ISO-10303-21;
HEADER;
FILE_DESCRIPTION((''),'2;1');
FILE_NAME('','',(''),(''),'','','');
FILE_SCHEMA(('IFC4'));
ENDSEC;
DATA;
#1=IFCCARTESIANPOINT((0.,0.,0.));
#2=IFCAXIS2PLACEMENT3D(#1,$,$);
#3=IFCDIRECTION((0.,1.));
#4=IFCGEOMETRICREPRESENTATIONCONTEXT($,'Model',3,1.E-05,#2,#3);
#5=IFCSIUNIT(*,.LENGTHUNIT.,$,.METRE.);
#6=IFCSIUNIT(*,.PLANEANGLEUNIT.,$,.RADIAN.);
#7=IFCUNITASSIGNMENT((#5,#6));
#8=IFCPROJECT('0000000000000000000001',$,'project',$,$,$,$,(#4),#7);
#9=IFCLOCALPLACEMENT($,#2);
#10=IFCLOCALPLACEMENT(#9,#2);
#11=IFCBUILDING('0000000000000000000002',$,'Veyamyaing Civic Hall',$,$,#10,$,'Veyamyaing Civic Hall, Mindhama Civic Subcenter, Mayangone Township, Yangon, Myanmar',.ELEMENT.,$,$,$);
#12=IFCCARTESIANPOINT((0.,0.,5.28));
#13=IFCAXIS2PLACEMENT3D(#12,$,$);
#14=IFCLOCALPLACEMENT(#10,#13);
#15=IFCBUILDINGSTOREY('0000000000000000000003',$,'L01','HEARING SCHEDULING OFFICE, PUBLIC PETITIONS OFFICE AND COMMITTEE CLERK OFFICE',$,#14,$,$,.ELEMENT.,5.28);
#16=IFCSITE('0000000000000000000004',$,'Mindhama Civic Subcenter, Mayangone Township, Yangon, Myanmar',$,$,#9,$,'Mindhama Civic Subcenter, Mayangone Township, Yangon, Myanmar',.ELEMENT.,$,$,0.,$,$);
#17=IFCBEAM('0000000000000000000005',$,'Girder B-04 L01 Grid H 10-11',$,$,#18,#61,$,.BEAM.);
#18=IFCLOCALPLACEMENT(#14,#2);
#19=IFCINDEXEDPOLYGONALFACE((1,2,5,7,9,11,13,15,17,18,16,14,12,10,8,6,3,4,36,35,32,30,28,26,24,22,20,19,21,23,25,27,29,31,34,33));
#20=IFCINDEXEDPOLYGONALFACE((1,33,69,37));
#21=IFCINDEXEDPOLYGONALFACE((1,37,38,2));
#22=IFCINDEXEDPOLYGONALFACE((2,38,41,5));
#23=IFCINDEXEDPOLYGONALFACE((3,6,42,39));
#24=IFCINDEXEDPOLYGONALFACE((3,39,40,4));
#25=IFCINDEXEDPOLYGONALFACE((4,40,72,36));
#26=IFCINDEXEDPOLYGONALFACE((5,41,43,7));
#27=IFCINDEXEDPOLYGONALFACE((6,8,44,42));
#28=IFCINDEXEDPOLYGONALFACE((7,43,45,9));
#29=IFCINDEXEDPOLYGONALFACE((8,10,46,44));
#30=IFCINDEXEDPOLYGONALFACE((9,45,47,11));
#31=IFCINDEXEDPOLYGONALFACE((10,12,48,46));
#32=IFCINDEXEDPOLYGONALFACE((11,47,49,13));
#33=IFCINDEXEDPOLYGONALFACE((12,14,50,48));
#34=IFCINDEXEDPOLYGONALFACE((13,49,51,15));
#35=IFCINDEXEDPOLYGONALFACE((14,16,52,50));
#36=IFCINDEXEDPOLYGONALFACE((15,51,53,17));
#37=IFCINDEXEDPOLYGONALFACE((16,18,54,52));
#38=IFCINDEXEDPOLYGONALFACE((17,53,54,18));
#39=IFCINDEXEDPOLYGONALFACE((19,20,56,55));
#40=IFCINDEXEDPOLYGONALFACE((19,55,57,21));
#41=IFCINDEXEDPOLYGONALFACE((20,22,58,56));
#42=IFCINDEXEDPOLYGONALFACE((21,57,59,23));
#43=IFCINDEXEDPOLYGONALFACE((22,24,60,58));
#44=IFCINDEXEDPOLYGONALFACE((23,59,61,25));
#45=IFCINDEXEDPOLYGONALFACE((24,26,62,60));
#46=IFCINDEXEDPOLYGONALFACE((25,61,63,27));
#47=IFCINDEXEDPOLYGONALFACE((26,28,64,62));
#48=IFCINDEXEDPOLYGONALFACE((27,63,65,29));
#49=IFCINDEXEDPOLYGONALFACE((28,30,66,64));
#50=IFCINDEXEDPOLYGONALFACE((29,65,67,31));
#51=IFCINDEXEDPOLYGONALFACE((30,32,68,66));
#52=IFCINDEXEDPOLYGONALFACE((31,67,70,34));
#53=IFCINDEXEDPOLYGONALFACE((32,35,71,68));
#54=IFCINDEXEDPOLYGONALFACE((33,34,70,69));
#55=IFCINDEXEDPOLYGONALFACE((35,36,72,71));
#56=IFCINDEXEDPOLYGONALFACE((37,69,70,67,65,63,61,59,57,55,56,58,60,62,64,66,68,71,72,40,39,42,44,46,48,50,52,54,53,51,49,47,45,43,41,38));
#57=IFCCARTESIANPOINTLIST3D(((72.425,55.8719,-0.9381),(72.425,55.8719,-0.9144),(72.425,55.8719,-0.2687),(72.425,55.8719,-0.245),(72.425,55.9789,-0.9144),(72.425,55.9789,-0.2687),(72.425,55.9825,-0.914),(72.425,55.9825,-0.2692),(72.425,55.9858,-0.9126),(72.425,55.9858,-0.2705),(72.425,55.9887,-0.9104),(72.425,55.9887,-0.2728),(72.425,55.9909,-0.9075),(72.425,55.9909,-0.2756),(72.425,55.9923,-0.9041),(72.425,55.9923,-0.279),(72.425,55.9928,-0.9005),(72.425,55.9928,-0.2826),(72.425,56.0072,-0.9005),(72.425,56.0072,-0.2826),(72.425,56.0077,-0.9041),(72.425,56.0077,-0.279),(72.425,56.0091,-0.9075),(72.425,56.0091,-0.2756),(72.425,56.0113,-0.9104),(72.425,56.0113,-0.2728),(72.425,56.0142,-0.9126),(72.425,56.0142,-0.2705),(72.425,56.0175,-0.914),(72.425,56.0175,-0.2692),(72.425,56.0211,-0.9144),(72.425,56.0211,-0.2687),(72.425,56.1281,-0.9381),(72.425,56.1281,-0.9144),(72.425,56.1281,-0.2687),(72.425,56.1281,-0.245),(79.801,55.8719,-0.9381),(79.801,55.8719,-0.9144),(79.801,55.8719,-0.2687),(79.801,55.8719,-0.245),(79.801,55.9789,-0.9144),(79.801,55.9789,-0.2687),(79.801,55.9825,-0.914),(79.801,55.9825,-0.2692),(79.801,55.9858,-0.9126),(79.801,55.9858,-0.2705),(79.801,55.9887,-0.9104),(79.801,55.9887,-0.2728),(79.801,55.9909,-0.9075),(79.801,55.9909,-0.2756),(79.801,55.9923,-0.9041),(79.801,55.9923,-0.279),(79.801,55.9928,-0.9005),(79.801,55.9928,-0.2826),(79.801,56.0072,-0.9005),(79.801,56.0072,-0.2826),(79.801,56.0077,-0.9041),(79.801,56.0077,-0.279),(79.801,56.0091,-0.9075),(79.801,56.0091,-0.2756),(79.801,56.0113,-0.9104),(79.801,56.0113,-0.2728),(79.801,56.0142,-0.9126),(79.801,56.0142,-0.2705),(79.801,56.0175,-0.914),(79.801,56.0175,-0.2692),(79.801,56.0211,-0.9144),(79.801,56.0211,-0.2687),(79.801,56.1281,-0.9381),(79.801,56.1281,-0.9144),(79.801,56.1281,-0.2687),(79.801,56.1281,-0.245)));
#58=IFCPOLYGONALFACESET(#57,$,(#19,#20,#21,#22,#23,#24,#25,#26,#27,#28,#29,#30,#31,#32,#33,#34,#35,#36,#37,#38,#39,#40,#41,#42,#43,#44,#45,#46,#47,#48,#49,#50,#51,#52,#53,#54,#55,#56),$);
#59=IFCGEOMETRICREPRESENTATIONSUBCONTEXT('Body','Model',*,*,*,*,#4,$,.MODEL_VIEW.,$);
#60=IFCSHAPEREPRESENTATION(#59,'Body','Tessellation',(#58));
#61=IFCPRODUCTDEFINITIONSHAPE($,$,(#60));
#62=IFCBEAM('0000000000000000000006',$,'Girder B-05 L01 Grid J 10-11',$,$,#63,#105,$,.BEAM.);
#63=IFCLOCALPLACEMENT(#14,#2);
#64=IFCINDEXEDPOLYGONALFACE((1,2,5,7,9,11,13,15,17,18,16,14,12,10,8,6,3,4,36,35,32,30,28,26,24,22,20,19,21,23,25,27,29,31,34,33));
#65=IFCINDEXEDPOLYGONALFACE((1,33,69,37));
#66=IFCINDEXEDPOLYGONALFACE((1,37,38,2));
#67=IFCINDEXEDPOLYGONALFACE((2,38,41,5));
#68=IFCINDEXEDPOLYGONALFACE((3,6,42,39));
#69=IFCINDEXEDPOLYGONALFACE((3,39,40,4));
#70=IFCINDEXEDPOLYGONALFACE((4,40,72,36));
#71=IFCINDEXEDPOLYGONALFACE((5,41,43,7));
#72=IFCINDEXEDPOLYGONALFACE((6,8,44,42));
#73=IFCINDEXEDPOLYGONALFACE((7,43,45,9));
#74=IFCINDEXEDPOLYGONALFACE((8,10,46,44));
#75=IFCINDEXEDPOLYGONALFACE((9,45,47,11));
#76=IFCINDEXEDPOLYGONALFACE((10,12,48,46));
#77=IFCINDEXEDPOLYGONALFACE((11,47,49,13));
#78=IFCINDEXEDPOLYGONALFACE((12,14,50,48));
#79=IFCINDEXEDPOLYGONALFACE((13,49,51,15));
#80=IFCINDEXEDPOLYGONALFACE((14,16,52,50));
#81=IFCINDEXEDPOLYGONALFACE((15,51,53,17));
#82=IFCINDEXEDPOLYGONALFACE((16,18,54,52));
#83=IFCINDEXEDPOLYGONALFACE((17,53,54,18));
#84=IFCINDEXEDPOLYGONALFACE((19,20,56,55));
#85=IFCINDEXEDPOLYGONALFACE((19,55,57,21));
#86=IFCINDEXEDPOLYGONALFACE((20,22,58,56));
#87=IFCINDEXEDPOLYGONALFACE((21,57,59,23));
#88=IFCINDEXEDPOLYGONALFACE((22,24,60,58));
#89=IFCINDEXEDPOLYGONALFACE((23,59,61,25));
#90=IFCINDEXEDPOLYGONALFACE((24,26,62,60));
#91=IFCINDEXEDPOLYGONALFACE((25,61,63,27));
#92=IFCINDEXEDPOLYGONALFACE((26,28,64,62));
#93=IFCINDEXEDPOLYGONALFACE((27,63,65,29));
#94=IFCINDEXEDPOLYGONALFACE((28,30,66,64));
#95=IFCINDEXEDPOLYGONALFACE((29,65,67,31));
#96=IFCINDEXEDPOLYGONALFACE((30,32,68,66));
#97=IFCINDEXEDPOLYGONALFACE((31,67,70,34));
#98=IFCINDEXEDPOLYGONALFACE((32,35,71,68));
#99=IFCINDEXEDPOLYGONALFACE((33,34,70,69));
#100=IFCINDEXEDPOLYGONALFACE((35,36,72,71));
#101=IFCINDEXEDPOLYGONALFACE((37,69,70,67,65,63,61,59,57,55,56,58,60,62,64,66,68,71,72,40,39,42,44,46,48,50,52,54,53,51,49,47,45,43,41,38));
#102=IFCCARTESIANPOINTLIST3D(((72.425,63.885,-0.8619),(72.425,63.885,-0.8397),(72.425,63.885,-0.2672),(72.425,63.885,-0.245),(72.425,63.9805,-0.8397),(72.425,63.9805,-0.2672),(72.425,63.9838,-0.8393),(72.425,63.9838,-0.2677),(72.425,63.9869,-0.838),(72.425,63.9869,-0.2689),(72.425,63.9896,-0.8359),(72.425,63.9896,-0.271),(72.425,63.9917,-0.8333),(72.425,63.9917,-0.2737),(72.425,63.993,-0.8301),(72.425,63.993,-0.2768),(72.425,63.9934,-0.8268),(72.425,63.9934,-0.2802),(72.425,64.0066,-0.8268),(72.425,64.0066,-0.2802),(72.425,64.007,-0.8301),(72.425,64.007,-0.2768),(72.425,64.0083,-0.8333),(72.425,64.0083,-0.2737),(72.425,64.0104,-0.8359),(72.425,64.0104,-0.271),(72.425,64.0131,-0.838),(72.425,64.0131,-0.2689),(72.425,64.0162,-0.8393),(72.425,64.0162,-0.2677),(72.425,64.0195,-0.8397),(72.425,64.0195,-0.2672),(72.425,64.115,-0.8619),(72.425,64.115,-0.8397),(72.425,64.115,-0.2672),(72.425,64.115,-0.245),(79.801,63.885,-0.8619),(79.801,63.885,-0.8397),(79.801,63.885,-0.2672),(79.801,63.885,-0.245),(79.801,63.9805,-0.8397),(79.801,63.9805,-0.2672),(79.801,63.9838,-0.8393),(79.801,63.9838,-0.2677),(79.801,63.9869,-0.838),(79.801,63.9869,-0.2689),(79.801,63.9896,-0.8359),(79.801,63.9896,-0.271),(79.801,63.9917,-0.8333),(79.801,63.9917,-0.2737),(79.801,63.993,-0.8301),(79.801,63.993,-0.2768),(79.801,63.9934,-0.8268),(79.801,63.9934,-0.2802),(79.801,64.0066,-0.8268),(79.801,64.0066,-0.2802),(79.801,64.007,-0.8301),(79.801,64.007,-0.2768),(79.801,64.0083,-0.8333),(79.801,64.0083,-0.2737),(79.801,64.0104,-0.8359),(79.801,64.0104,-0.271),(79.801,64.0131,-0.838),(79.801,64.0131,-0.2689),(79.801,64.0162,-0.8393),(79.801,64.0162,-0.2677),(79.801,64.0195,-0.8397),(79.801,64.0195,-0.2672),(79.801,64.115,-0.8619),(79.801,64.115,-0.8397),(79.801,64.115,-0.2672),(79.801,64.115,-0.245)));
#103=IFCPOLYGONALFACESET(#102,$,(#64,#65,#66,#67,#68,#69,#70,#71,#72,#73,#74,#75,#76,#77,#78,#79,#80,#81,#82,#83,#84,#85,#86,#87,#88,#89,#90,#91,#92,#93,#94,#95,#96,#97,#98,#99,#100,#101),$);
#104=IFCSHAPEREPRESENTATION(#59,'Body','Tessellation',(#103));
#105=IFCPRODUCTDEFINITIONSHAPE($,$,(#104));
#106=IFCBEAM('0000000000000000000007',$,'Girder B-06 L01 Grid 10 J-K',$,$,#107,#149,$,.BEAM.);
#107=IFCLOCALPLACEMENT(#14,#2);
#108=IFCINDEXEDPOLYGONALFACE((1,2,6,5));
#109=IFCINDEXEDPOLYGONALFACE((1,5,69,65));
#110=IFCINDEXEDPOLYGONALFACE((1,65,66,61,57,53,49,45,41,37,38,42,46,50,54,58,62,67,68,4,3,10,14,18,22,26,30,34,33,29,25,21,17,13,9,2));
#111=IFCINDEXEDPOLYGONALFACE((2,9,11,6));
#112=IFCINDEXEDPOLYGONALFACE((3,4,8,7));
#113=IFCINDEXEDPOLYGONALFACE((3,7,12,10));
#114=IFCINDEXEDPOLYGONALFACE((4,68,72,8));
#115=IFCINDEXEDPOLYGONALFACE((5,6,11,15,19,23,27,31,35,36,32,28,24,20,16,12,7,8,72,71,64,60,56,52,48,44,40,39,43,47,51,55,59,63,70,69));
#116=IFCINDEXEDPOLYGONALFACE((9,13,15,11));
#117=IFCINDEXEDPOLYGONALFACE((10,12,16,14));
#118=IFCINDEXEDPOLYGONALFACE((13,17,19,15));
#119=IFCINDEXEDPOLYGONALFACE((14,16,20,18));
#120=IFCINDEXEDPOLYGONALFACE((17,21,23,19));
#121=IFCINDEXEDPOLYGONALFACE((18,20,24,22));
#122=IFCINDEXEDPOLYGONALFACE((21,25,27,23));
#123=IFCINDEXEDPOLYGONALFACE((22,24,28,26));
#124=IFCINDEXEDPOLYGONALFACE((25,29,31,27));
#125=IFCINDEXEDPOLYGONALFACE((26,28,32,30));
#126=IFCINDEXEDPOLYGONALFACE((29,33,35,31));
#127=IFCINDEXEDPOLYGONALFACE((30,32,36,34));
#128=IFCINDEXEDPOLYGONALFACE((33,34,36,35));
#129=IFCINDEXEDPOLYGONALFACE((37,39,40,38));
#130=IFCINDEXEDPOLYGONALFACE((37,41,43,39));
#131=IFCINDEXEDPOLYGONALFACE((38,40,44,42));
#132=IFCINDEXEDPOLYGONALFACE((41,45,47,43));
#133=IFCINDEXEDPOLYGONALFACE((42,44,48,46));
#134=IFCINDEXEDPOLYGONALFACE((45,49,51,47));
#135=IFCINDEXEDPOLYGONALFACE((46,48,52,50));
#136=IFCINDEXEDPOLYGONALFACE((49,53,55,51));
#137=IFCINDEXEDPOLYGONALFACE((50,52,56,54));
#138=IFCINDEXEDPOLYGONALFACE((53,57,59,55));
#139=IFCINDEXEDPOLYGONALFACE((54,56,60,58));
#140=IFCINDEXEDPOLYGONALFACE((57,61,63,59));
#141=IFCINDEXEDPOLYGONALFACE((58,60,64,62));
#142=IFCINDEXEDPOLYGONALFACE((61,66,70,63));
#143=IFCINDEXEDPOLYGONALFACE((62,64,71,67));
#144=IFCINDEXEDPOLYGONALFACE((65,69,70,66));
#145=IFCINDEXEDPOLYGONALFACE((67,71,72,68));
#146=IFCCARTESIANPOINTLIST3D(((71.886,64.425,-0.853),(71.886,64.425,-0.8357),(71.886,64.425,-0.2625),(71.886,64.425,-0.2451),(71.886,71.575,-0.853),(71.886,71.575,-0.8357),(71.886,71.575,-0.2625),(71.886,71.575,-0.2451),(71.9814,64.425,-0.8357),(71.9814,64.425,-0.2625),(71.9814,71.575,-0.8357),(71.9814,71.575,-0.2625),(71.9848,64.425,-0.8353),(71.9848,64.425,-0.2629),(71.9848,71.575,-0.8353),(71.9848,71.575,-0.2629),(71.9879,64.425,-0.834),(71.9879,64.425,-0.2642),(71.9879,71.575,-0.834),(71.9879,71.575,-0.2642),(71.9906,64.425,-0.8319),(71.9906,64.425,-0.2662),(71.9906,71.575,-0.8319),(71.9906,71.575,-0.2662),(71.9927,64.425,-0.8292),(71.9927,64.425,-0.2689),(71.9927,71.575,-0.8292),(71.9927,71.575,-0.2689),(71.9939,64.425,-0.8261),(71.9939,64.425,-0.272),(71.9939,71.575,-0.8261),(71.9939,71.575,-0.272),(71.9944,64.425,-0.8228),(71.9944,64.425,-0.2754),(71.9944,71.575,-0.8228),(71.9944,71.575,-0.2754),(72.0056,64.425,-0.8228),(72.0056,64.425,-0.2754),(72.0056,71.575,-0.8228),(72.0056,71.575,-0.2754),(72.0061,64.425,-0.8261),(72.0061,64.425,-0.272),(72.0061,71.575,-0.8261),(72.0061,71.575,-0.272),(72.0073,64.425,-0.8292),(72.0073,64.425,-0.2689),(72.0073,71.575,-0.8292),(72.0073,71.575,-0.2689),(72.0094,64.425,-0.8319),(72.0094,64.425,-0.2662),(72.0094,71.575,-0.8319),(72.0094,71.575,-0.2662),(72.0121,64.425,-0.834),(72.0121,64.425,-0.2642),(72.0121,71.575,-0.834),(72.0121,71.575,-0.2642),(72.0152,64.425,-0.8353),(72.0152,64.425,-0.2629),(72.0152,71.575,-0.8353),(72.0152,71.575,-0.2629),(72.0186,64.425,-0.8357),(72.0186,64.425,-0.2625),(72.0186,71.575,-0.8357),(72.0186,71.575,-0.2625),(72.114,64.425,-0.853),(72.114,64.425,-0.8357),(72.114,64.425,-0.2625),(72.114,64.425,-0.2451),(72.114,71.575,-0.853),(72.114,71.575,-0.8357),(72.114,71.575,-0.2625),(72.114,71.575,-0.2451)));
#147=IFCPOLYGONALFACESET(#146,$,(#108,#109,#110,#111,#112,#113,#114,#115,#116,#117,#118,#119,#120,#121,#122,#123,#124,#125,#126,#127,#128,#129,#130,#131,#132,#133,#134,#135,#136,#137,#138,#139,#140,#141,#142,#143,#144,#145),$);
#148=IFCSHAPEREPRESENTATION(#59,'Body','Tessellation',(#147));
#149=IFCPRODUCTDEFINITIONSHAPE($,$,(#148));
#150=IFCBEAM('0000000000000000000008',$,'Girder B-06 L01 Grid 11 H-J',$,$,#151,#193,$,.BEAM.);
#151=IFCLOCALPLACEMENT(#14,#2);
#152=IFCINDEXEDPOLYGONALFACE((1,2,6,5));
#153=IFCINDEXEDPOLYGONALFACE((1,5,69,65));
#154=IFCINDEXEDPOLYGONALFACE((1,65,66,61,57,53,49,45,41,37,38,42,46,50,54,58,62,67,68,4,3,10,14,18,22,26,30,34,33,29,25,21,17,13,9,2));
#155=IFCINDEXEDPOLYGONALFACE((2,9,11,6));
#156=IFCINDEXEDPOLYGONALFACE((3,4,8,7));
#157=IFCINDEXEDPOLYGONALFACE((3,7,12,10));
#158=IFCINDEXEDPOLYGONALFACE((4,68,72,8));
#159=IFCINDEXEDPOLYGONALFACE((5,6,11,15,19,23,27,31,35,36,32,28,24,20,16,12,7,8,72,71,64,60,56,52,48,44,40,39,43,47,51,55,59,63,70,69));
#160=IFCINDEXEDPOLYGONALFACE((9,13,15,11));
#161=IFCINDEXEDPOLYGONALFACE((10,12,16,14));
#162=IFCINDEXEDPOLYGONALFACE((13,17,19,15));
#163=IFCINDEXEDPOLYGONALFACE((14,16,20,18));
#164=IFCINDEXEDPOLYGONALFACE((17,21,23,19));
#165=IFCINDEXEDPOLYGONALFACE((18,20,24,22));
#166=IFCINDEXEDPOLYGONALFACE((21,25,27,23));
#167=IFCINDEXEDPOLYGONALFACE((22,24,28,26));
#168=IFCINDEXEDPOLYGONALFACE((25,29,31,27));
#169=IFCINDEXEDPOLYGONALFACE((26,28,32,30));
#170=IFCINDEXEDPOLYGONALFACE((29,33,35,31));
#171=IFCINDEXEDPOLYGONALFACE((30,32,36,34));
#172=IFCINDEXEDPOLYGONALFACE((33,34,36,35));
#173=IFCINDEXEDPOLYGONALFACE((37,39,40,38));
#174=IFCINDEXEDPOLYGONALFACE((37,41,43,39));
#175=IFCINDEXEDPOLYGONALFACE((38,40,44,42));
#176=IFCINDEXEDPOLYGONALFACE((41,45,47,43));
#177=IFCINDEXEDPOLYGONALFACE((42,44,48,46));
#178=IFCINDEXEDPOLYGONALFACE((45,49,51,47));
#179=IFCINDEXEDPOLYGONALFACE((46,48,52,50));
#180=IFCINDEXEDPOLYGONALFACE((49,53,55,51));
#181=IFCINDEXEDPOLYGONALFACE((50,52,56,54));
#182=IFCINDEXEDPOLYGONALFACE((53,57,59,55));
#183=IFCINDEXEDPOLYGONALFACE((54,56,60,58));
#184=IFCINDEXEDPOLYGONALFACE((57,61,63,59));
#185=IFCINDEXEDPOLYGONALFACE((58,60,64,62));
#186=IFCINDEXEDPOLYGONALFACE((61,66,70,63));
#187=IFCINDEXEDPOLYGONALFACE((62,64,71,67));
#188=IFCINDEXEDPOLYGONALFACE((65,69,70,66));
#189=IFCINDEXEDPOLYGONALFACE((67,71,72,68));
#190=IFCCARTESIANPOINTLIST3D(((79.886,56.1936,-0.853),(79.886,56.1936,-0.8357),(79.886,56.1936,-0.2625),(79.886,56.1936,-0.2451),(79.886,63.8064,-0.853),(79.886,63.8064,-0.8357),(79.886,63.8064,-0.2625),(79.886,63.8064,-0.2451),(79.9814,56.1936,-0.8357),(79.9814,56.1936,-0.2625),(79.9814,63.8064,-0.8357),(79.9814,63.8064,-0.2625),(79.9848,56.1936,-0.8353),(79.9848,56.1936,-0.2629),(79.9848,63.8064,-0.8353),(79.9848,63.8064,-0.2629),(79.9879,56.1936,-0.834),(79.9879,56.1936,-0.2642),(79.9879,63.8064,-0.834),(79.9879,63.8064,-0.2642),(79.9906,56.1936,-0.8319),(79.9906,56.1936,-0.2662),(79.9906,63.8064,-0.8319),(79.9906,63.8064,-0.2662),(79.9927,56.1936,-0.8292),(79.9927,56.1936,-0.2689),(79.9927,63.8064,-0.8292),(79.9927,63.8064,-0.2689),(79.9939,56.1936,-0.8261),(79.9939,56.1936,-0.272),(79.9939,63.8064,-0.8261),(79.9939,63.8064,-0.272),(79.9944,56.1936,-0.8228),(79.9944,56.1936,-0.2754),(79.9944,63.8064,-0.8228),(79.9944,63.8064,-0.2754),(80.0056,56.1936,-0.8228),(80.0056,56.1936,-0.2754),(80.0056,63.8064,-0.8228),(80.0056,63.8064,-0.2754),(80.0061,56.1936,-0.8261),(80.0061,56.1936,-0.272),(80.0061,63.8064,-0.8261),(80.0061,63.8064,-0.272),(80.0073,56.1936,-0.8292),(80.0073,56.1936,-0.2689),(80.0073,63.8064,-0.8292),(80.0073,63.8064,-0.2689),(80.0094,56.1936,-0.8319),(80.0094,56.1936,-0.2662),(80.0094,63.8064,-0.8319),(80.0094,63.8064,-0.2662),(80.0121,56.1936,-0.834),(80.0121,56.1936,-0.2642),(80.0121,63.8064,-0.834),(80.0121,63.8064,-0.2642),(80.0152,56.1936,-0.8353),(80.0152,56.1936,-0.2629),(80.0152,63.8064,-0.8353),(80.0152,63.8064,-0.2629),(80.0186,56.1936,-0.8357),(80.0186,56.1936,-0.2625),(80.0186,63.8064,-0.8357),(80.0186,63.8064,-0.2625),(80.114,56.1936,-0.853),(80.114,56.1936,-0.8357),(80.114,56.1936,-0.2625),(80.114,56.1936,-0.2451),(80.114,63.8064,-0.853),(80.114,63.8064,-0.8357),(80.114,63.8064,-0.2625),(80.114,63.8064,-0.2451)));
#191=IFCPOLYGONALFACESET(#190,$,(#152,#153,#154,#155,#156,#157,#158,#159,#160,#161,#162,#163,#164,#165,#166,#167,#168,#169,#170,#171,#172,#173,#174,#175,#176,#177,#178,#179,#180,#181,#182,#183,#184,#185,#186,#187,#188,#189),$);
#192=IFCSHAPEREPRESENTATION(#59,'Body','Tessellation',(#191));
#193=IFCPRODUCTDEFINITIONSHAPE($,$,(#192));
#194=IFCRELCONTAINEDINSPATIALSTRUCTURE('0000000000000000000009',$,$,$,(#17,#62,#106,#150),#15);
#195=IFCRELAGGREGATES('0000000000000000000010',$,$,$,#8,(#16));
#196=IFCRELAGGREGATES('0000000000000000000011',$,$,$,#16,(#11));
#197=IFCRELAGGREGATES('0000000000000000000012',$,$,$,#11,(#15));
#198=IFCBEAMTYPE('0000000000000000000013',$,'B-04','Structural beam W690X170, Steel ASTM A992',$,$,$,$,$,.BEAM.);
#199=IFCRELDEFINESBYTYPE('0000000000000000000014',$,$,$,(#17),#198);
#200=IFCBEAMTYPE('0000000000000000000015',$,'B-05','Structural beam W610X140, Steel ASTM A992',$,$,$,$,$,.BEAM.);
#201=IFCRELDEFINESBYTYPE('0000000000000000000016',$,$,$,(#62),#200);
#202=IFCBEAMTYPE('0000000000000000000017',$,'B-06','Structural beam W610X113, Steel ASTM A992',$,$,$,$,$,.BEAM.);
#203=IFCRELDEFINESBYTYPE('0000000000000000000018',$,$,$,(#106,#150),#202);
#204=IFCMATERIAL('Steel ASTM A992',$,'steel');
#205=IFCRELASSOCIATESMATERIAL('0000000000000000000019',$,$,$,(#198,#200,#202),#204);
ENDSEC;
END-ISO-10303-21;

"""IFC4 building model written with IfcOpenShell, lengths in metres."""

from ifc_helpers import new_model, si_unit, direction, frame, origin, origin_2d, place, context, subcontext, project, spatial, i_section, extrude, material, material_profile, profile_set, type_object, element, save


model = new_model("IFC4")

# Units and contexts
model_context = context("Model", 3, precision=1e-05, world=origin(), true_north=direction((0.0, 1.0)))
body_context = subcontext(model_context, "Body", "Model", "MODEL_VIEW")
ifc_project = project(units=[si_unit("LENGTHUNIT", "METRE"), si_unit("PLANEANGLEUNIT", "RADIAN")], contexts=[model_context])

# Site, building, storey
site_placement = place(None, origin())
site = spatial("IfcSite", under=ifc_project, at=site_placement, Name="Mindhama Civic Subcenter, Mayangone Township, Yangon, Myanmar", LongName="Mindhama Civic Subcenter, Mayangone Township, Yangon, Myanmar", CompositionType="ELEMENT", RefElevation=0.0)
building_placement = place(site_placement, origin())
building = spatial("IfcBuilding", under=site, at=building_placement, Name="Veyamyaing Civic Hall", LongName="Veyamyaing Civic Hall, Mindhama Civic Subcenter, Mayangone Township, Yangon, Myanmar", CompositionType="ELEMENT")
storey_placement = place(building_placement, frame((0.0, 0.0, 5.28)))
storey = spatial("IfcBuildingStorey", under=building, at=storey_placement, Name="L01", Description="HEARING SCHEDULING OFFICE, PUBLIC PETITIONS OFFICE AND COMMITTEE CLERK OFFICE", CompositionType="ELEMENT", Elevation=5.28)

# Beams
ifc_material_1 = material(Name="Steel ASTM A992", Category="steel")
ifc_material_profile_1 = material_profile(ifc_material_1, i_section(OverallWidth=0.2561, OverallDepth=0.6931, WebThickness=0.0144, FlangeThickness=0.0237, FilletRadius=0.0139, at=origin_2d()), Name="W690X170")
ifc_profile_set_1 = profile_set([ifc_material_profile_1], Name="Steel ASTM A992")
beam_type_1 = type_object("IfcBeamType", Name="B-04", Description="Structural beam W690X170, Steel ASTM A992", PredefinedType="BEAM", material=ifc_profile_set_1)
beam_1_placement = place(storey_placement, frame((72.425, 56.0, -0.5916), z_axis=(1.0, 0.0, 0.0), x_axis=(0.0, 1.0, 0.0)))
element("IfcBeam", 1, at=beam_1_placement, inside=storey, type_object=beam_type_1, Name="Girder B-04 L01 Grid H 10-11", PredefinedType="BEAM", context=body_context, shape_type="SweptSolid", body=[
    extrude(i_section(OverallWidth=0.2561, OverallDepth=0.6931, WebThickness=0.0144, FlangeThickness=0.0237, FilletRadius=0.0139, at=origin_2d()), origin(), (0.0, 0.0, 1.0), 7.376),
])
ifc_material_profile_2 = material_profile(ifc_material_1, i_section(OverallWidth=0.23, OverallDepth=0.6169, WebThickness=0.0132, FlangeThickness=0.0222, FilletRadius=0.0129, at=origin_2d()), Name="W610X140")
ifc_profile_set_2 = profile_set([ifc_material_profile_2], Name="Steel ASTM A992")
beam_type_2 = type_object("IfcBeamType", Name="B-05", Description="Structural beam W610X140, Steel ASTM A992", PredefinedType="BEAM", material=ifc_profile_set_2)
beam_2_placement = place(storey_placement, frame((72.425, 64.0, -0.5535), z_axis=(1.0, 0.0, 0.0), x_axis=(0.0, 1.0, 0.0)))
element("IfcBeam", 2, at=beam_2_placement, inside=storey, type_object=beam_type_2, Name="Girder B-05 L01 Grid J 10-11", PredefinedType="BEAM", context=body_context, shape_type="SweptSolid", body=[
    extrude(i_section(OverallWidth=0.23, OverallDepth=0.6169, WebThickness=0.0132, FlangeThickness=0.0222, FilletRadius=0.0129, at=origin_2d()), origin(), (0.0, 0.0, 1.0), 7.376),
])
ifc_material_profile_3 = material_profile(ifc_material_1, i_section(OverallWidth=0.228, OverallDepth=0.6079, WebThickness=0.0112, FlangeThickness=0.0173, FilletRadius=0.0129, at=origin_2d()), Name="W610X113")
ifc_profile_set_3 = profile_set([ifc_material_profile_3], Name="Steel ASTM A992")
beam_type_3 = type_object("IfcBeamType", Name="B-06", Description="Structural beam W610X113, Steel ASTM A992", PredefinedType="BEAM", material=ifc_profile_set_3)
beam_3_placement = place(storey_placement, frame((72.0, 64.425, -0.5491), z_axis=(0.0, 1.0, 0.0), x_axis=(-1.0, 0.0, 0.0)))
element("IfcBeam", 3, at=beam_3_placement, inside=storey, type_object=beam_type_3, Name="Girder B-06 L01 Grid 10 J-K", PredefinedType="BEAM", context=body_context, shape_type="SweptSolid", body=[
    extrude(i_section(OverallWidth=0.228, OverallDepth=0.6079, WebThickness=0.0112, FlangeThickness=0.0173, FilletRadius=0.0129, at=origin_2d()), origin(), (0.0, 0.0, 1.0), 7.1499),
])
beam_4_placement = place(storey_placement, frame((80.0, 56.1936, -0.5491), z_axis=(0.0, 1.0, 0.0), x_axis=(-1.0, 0.0, 0.0)))
element("IfcBeam", 4, at=beam_4_placement, inside=storey, type_object=beam_type_3, Name="Girder B-06 L01 Grid 11 H-J", PredefinedType="BEAM", context=body_context, shape_type="SweptSolid", body=[
    extrude(i_section(OverallWidth=0.228, OverallDepth=0.6079, WebThickness=0.0112, FlangeThickness=0.0173, FilletRadius=0.0129, at=origin_2d()), origin(), (0.0, 0.0, 1.0), 7.6128),
])

save(model, "model.ifc")
